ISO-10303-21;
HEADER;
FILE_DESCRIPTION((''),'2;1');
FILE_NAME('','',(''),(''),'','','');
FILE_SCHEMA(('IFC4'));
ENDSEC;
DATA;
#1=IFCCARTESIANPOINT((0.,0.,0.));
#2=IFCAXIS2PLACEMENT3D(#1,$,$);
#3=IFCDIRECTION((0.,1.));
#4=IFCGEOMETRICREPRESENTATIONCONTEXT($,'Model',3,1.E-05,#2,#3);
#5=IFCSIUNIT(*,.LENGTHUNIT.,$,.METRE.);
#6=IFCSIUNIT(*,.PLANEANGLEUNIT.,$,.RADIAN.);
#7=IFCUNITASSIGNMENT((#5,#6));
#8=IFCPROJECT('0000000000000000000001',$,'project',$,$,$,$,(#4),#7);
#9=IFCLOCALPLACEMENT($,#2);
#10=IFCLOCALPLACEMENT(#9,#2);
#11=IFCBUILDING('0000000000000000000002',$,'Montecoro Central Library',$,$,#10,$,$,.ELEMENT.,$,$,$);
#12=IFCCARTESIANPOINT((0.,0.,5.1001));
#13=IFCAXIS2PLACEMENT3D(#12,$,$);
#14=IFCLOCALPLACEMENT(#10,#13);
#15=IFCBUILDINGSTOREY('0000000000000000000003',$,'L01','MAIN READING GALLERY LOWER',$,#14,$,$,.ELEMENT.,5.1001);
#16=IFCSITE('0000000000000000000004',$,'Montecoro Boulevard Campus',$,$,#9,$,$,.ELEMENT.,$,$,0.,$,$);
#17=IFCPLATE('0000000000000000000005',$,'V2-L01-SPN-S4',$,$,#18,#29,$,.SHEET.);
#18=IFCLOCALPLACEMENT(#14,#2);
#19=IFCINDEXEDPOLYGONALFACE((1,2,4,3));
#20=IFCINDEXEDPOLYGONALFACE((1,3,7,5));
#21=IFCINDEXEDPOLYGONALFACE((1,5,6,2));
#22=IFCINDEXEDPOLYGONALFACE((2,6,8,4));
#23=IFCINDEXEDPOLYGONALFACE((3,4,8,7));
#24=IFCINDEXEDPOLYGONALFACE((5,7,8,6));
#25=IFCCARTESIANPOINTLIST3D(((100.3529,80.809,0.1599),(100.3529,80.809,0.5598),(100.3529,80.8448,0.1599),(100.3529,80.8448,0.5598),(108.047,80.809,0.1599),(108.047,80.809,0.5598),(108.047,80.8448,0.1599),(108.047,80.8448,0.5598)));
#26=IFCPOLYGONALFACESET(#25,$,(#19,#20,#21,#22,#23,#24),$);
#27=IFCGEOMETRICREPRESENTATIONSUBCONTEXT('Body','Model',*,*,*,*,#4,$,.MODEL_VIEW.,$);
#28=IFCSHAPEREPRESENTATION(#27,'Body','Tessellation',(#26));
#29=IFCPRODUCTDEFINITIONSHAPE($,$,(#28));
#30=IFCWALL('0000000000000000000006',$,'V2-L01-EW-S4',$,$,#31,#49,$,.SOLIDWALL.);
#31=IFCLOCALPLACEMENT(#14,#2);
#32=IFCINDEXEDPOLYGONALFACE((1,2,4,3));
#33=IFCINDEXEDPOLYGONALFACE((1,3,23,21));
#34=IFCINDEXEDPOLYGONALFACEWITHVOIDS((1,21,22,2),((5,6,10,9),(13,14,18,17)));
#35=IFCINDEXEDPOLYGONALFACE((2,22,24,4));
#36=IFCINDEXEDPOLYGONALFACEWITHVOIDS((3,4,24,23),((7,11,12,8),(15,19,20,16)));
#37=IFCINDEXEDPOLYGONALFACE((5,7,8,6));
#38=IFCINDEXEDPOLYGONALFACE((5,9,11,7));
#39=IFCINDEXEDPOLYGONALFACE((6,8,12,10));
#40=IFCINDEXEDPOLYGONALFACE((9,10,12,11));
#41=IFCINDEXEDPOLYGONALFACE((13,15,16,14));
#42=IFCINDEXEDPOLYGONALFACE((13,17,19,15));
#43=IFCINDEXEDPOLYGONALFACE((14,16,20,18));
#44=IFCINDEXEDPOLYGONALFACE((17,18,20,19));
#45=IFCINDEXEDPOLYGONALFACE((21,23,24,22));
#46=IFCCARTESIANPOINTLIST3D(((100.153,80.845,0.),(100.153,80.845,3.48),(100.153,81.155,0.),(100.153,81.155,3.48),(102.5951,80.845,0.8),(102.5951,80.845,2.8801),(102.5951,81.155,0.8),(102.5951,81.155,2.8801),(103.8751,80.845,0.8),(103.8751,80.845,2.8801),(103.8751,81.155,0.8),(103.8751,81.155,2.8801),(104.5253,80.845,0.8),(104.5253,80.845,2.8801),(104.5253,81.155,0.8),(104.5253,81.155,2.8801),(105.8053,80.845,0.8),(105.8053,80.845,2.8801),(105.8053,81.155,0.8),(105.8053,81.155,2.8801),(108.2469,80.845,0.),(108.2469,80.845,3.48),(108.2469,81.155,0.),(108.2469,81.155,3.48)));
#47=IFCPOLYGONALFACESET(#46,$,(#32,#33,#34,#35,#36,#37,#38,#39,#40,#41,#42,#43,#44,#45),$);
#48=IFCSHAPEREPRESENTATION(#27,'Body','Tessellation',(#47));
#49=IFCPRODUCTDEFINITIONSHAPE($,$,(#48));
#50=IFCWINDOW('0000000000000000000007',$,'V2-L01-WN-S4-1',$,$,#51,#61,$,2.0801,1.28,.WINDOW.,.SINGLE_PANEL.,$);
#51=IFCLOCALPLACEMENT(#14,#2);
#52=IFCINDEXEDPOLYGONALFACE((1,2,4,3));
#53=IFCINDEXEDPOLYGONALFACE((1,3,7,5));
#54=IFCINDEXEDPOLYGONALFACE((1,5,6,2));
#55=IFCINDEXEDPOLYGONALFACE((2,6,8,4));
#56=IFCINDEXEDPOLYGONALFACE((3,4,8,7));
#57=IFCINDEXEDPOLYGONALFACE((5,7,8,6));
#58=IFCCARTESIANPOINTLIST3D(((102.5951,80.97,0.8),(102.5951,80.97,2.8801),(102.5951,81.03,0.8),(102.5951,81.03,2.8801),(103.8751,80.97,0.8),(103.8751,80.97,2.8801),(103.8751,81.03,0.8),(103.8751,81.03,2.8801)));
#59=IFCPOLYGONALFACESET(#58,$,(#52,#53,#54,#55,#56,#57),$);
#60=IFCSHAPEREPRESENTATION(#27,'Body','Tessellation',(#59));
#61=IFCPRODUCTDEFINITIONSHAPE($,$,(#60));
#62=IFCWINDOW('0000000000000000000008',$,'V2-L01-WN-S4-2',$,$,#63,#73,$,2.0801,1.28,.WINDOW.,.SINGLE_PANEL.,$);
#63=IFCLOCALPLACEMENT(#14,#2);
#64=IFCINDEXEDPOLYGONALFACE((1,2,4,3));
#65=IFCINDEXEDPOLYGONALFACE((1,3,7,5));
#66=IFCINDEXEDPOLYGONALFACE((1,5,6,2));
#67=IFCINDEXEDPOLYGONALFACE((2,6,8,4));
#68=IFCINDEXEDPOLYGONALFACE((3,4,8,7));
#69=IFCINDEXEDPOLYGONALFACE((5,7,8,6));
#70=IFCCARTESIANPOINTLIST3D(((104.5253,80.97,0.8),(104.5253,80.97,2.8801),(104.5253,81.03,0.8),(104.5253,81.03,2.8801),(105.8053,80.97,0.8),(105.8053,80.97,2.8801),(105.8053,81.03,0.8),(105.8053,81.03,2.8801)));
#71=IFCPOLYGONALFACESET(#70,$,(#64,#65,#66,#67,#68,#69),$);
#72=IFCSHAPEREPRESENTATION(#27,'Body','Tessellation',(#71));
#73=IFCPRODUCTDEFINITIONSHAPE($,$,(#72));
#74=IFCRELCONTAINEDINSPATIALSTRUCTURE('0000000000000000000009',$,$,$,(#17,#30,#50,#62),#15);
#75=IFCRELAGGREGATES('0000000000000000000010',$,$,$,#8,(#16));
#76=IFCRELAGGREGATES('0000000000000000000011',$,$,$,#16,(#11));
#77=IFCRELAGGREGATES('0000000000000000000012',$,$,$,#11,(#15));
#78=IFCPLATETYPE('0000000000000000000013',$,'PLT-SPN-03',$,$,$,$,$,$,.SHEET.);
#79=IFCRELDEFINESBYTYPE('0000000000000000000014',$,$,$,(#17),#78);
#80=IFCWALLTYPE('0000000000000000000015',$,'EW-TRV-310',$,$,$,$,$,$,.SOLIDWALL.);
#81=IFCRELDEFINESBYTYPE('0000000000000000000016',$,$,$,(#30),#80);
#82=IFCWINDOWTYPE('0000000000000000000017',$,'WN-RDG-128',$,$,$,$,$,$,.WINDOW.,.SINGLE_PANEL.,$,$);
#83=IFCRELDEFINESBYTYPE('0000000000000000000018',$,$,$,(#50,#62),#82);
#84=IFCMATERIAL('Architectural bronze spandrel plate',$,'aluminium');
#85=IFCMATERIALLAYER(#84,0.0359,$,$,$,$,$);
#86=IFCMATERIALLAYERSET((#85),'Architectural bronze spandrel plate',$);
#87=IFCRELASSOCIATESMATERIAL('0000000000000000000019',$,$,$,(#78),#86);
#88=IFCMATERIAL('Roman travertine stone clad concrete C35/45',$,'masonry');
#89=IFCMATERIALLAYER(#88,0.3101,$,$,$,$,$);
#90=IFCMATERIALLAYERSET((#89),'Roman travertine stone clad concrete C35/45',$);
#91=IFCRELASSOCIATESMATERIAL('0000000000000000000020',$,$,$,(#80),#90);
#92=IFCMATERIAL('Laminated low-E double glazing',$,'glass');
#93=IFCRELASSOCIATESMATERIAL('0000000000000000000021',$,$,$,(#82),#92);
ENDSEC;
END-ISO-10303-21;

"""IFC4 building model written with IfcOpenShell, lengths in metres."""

from ifc_helpers import new_model, si_unit, direction, frame, frame_2d, origin, origin_2d, place, context, subcontext, project, spatial, rectangle, extrude, material, layer, layer_set, type_object, element, fill, save


model = new_model("IFC4")

# Units and contexts
model_context = context("Model", 3, precision=1e-05, world=origin(), true_north=direction((0.0, 1.0)))
body_context = subcontext(model_context, "Body", "Model", "MODEL_VIEW")
ifc_project = project(units=[si_unit("LENGTHUNIT", "METRE"), si_unit("PLANEANGLEUNIT", "RADIAN")], contexts=[model_context])

# Site, building, storey
site_placement = place(None, origin())
site = spatial("IfcSite", under=ifc_project, at=site_placement, Name="Montecoro Boulevard Campus", CompositionType="ELEMENT", RefElevation=0.0)
building_placement = place(site_placement, origin())
building = spatial("IfcBuilding", under=site, at=building_placement, Name="Montecoro Central Library", CompositionType="ELEMENT")
storey_placement = place(building_placement, frame((0.0, 0.0, 5.1001)))
storey = spatial("IfcBuildingStorey", under=building, at=storey_placement, Name="L01", Description="MAIN READING GALLERY LOWER", CompositionType="ELEMENT", Elevation=5.1001)

# Shared definitions
ifc_material_1 = material(Name="Laminated low-E double glazing", Category="glass")

# Plate
ifc_material_2 = material(Name="Architectural bronze spandrel plate", Category="aluminium")
ifc_layer_1 = layer(ifc_material_2, 0.0359)
ifc_layer_set_1 = layer_set([ifc_layer_1], Name="Architectural bronze spandrel plate")
plate_type_1 = type_object("IfcPlateType", Name="PLT-SPN-03", PredefinedType="SHEET", material=ifc_layer_set_1)
plate_1_placement = place(storey_placement, frame((104.2, 80.8269, 0.1599), z_axis=(0.0, 0.0, 1.0), x_axis=(1.0, 0.0, 0.0)))
element("IfcPlate", 1, at=plate_1_placement, inside=storey, type_object=plate_type_1, Name="V2-L01-SPN-S4", PredefinedType="SHEET", context=body_context, shape_type="SweptSolid", body=[
    extrude(rectangle(XDim=7.6941, YDim=0.0359, at=origin_2d()), origin(), (0.0, 0.0, 1.0), 0.3999),
])

# Wall, openings, windows
ifc_material_3 = material(Name="Roman travertine stone clad concrete C35/45", Category="masonry")
ifc_layer_2 = layer(ifc_material_3, 0.3101)
ifc_layer_set_2 = layer_set([ifc_layer_2], Name="Roman travertine stone clad concrete C35/45")
wall_type = type_object("IfcWallType", Name="EW-TRV-310", PredefinedType="SOLIDWALL", material=ifc_layer_set_2)
wall_placement = place(storey_placement, frame((100.1531, 81.0, 0.0), z_axis=(0.0, 0.0, 1.0), x_axis=(1.0, 0.0, 0.0)))
wall = element("IfcWall", 2, at=wall_placement, inside=storey, type_object=wall_type, Name="V2-L01-EW-S4", PredefinedType="SOLIDWALL", context=body_context, shape_type="SweptSolid", body=[
    extrude(rectangle(XDim=8.094, YDim=0.3101, at=frame_2d((4.0469, 0.0))), origin(), (0.0, 0.0, 1.0), 3.48),
])
opening_1_placement = place(wall_placement, frame((2.4419, 0.0, 0.8)))
opening_1 = element("IfcOpeningElement", 3, at=opening_1_placement, cuts=wall, PredefinedType="OPENING", context=body_context, shape_type="SweptSolid", body=[
    extrude(rectangle(XDim=1.28, YDim=2.0801, at=frame_2d((0.6401, 1.04))), frame((0.0, 0.165, 0.0), z_axis=(0.0, -1.0, 0.0), x_axis=(1.0, 0.0, 0.0)), (0.0, 0.0, 1.0), 0.3301),
])
opening_2_placement = place(wall_placement, frame((4.3721, 0.0, 0.8)))
opening_2 = element("IfcOpeningElement", 4, at=opening_2_placement, cuts=wall, PredefinedType="OPENING", context=body_context, shape_type="SweptSolid", body=[
    extrude(rectangle(XDim=1.28, YDim=2.0801, at=frame_2d((0.6401, 1.04))), frame((0.0, 0.165, 0.0), z_axis=(0.0, -1.0, 0.0), x_axis=(1.0, 0.0, 0.0)), (0.0, 0.0, 1.0), 0.3301),
])
window_type = type_object("IfcWindowType", Name="WN-RDG-128", PartitioningType="SINGLE_PANEL", PredefinedType="WINDOW", material=ifc_material_1)
window_1_placement = place(opening_1_placement, origin())
window_1 = element("IfcWindow", 5, at=window_1_placement, inside=storey, type_object=window_type, Name="V2-L01-WN-S4-1", OverallHeight=2.0801, OverallWidth=1.28, PartitioningType="SINGLE_PANEL", PredefinedType="WINDOW", context=body_context, shape_type="SweptSolid", body=[
    extrude(rectangle(XDim=1.28, YDim=2.0801, at=frame_2d((0.6401, 1.04))), frame((0.0, 0.03, 0.0), z_axis=(0.0, -1.0, 0.0), x_axis=(1.0, 0.0, 0.0)), (0.0, 0.0, 1.0), 0.0601),
])
fill(opening_1, window_1)
window_2_placement = place(opening_2_placement, origin())
window_2 = element("IfcWindow", 6, at=window_2_placement, inside=storey, type_object=window_type, Name="V2-L01-WN-S4-2", OverallHeight=2.0801, OverallWidth=1.28, PartitioningType="SINGLE_PANEL", PredefinedType="WINDOW", context=body_context, shape_type="SweptSolid", body=[
    extrude(rectangle(XDim=1.28, YDim=2.0801, at=frame_2d((0.6401, 1.04))), frame((0.0, 0.03, 0.0), z_axis=(0.0, -1.0, 0.0), x_axis=(1.0, 0.0, 0.0)), (0.0, 0.0, 1.0), 0.0601),
])
fill(opening_2, window_2)

save(model, "model.ifc")
